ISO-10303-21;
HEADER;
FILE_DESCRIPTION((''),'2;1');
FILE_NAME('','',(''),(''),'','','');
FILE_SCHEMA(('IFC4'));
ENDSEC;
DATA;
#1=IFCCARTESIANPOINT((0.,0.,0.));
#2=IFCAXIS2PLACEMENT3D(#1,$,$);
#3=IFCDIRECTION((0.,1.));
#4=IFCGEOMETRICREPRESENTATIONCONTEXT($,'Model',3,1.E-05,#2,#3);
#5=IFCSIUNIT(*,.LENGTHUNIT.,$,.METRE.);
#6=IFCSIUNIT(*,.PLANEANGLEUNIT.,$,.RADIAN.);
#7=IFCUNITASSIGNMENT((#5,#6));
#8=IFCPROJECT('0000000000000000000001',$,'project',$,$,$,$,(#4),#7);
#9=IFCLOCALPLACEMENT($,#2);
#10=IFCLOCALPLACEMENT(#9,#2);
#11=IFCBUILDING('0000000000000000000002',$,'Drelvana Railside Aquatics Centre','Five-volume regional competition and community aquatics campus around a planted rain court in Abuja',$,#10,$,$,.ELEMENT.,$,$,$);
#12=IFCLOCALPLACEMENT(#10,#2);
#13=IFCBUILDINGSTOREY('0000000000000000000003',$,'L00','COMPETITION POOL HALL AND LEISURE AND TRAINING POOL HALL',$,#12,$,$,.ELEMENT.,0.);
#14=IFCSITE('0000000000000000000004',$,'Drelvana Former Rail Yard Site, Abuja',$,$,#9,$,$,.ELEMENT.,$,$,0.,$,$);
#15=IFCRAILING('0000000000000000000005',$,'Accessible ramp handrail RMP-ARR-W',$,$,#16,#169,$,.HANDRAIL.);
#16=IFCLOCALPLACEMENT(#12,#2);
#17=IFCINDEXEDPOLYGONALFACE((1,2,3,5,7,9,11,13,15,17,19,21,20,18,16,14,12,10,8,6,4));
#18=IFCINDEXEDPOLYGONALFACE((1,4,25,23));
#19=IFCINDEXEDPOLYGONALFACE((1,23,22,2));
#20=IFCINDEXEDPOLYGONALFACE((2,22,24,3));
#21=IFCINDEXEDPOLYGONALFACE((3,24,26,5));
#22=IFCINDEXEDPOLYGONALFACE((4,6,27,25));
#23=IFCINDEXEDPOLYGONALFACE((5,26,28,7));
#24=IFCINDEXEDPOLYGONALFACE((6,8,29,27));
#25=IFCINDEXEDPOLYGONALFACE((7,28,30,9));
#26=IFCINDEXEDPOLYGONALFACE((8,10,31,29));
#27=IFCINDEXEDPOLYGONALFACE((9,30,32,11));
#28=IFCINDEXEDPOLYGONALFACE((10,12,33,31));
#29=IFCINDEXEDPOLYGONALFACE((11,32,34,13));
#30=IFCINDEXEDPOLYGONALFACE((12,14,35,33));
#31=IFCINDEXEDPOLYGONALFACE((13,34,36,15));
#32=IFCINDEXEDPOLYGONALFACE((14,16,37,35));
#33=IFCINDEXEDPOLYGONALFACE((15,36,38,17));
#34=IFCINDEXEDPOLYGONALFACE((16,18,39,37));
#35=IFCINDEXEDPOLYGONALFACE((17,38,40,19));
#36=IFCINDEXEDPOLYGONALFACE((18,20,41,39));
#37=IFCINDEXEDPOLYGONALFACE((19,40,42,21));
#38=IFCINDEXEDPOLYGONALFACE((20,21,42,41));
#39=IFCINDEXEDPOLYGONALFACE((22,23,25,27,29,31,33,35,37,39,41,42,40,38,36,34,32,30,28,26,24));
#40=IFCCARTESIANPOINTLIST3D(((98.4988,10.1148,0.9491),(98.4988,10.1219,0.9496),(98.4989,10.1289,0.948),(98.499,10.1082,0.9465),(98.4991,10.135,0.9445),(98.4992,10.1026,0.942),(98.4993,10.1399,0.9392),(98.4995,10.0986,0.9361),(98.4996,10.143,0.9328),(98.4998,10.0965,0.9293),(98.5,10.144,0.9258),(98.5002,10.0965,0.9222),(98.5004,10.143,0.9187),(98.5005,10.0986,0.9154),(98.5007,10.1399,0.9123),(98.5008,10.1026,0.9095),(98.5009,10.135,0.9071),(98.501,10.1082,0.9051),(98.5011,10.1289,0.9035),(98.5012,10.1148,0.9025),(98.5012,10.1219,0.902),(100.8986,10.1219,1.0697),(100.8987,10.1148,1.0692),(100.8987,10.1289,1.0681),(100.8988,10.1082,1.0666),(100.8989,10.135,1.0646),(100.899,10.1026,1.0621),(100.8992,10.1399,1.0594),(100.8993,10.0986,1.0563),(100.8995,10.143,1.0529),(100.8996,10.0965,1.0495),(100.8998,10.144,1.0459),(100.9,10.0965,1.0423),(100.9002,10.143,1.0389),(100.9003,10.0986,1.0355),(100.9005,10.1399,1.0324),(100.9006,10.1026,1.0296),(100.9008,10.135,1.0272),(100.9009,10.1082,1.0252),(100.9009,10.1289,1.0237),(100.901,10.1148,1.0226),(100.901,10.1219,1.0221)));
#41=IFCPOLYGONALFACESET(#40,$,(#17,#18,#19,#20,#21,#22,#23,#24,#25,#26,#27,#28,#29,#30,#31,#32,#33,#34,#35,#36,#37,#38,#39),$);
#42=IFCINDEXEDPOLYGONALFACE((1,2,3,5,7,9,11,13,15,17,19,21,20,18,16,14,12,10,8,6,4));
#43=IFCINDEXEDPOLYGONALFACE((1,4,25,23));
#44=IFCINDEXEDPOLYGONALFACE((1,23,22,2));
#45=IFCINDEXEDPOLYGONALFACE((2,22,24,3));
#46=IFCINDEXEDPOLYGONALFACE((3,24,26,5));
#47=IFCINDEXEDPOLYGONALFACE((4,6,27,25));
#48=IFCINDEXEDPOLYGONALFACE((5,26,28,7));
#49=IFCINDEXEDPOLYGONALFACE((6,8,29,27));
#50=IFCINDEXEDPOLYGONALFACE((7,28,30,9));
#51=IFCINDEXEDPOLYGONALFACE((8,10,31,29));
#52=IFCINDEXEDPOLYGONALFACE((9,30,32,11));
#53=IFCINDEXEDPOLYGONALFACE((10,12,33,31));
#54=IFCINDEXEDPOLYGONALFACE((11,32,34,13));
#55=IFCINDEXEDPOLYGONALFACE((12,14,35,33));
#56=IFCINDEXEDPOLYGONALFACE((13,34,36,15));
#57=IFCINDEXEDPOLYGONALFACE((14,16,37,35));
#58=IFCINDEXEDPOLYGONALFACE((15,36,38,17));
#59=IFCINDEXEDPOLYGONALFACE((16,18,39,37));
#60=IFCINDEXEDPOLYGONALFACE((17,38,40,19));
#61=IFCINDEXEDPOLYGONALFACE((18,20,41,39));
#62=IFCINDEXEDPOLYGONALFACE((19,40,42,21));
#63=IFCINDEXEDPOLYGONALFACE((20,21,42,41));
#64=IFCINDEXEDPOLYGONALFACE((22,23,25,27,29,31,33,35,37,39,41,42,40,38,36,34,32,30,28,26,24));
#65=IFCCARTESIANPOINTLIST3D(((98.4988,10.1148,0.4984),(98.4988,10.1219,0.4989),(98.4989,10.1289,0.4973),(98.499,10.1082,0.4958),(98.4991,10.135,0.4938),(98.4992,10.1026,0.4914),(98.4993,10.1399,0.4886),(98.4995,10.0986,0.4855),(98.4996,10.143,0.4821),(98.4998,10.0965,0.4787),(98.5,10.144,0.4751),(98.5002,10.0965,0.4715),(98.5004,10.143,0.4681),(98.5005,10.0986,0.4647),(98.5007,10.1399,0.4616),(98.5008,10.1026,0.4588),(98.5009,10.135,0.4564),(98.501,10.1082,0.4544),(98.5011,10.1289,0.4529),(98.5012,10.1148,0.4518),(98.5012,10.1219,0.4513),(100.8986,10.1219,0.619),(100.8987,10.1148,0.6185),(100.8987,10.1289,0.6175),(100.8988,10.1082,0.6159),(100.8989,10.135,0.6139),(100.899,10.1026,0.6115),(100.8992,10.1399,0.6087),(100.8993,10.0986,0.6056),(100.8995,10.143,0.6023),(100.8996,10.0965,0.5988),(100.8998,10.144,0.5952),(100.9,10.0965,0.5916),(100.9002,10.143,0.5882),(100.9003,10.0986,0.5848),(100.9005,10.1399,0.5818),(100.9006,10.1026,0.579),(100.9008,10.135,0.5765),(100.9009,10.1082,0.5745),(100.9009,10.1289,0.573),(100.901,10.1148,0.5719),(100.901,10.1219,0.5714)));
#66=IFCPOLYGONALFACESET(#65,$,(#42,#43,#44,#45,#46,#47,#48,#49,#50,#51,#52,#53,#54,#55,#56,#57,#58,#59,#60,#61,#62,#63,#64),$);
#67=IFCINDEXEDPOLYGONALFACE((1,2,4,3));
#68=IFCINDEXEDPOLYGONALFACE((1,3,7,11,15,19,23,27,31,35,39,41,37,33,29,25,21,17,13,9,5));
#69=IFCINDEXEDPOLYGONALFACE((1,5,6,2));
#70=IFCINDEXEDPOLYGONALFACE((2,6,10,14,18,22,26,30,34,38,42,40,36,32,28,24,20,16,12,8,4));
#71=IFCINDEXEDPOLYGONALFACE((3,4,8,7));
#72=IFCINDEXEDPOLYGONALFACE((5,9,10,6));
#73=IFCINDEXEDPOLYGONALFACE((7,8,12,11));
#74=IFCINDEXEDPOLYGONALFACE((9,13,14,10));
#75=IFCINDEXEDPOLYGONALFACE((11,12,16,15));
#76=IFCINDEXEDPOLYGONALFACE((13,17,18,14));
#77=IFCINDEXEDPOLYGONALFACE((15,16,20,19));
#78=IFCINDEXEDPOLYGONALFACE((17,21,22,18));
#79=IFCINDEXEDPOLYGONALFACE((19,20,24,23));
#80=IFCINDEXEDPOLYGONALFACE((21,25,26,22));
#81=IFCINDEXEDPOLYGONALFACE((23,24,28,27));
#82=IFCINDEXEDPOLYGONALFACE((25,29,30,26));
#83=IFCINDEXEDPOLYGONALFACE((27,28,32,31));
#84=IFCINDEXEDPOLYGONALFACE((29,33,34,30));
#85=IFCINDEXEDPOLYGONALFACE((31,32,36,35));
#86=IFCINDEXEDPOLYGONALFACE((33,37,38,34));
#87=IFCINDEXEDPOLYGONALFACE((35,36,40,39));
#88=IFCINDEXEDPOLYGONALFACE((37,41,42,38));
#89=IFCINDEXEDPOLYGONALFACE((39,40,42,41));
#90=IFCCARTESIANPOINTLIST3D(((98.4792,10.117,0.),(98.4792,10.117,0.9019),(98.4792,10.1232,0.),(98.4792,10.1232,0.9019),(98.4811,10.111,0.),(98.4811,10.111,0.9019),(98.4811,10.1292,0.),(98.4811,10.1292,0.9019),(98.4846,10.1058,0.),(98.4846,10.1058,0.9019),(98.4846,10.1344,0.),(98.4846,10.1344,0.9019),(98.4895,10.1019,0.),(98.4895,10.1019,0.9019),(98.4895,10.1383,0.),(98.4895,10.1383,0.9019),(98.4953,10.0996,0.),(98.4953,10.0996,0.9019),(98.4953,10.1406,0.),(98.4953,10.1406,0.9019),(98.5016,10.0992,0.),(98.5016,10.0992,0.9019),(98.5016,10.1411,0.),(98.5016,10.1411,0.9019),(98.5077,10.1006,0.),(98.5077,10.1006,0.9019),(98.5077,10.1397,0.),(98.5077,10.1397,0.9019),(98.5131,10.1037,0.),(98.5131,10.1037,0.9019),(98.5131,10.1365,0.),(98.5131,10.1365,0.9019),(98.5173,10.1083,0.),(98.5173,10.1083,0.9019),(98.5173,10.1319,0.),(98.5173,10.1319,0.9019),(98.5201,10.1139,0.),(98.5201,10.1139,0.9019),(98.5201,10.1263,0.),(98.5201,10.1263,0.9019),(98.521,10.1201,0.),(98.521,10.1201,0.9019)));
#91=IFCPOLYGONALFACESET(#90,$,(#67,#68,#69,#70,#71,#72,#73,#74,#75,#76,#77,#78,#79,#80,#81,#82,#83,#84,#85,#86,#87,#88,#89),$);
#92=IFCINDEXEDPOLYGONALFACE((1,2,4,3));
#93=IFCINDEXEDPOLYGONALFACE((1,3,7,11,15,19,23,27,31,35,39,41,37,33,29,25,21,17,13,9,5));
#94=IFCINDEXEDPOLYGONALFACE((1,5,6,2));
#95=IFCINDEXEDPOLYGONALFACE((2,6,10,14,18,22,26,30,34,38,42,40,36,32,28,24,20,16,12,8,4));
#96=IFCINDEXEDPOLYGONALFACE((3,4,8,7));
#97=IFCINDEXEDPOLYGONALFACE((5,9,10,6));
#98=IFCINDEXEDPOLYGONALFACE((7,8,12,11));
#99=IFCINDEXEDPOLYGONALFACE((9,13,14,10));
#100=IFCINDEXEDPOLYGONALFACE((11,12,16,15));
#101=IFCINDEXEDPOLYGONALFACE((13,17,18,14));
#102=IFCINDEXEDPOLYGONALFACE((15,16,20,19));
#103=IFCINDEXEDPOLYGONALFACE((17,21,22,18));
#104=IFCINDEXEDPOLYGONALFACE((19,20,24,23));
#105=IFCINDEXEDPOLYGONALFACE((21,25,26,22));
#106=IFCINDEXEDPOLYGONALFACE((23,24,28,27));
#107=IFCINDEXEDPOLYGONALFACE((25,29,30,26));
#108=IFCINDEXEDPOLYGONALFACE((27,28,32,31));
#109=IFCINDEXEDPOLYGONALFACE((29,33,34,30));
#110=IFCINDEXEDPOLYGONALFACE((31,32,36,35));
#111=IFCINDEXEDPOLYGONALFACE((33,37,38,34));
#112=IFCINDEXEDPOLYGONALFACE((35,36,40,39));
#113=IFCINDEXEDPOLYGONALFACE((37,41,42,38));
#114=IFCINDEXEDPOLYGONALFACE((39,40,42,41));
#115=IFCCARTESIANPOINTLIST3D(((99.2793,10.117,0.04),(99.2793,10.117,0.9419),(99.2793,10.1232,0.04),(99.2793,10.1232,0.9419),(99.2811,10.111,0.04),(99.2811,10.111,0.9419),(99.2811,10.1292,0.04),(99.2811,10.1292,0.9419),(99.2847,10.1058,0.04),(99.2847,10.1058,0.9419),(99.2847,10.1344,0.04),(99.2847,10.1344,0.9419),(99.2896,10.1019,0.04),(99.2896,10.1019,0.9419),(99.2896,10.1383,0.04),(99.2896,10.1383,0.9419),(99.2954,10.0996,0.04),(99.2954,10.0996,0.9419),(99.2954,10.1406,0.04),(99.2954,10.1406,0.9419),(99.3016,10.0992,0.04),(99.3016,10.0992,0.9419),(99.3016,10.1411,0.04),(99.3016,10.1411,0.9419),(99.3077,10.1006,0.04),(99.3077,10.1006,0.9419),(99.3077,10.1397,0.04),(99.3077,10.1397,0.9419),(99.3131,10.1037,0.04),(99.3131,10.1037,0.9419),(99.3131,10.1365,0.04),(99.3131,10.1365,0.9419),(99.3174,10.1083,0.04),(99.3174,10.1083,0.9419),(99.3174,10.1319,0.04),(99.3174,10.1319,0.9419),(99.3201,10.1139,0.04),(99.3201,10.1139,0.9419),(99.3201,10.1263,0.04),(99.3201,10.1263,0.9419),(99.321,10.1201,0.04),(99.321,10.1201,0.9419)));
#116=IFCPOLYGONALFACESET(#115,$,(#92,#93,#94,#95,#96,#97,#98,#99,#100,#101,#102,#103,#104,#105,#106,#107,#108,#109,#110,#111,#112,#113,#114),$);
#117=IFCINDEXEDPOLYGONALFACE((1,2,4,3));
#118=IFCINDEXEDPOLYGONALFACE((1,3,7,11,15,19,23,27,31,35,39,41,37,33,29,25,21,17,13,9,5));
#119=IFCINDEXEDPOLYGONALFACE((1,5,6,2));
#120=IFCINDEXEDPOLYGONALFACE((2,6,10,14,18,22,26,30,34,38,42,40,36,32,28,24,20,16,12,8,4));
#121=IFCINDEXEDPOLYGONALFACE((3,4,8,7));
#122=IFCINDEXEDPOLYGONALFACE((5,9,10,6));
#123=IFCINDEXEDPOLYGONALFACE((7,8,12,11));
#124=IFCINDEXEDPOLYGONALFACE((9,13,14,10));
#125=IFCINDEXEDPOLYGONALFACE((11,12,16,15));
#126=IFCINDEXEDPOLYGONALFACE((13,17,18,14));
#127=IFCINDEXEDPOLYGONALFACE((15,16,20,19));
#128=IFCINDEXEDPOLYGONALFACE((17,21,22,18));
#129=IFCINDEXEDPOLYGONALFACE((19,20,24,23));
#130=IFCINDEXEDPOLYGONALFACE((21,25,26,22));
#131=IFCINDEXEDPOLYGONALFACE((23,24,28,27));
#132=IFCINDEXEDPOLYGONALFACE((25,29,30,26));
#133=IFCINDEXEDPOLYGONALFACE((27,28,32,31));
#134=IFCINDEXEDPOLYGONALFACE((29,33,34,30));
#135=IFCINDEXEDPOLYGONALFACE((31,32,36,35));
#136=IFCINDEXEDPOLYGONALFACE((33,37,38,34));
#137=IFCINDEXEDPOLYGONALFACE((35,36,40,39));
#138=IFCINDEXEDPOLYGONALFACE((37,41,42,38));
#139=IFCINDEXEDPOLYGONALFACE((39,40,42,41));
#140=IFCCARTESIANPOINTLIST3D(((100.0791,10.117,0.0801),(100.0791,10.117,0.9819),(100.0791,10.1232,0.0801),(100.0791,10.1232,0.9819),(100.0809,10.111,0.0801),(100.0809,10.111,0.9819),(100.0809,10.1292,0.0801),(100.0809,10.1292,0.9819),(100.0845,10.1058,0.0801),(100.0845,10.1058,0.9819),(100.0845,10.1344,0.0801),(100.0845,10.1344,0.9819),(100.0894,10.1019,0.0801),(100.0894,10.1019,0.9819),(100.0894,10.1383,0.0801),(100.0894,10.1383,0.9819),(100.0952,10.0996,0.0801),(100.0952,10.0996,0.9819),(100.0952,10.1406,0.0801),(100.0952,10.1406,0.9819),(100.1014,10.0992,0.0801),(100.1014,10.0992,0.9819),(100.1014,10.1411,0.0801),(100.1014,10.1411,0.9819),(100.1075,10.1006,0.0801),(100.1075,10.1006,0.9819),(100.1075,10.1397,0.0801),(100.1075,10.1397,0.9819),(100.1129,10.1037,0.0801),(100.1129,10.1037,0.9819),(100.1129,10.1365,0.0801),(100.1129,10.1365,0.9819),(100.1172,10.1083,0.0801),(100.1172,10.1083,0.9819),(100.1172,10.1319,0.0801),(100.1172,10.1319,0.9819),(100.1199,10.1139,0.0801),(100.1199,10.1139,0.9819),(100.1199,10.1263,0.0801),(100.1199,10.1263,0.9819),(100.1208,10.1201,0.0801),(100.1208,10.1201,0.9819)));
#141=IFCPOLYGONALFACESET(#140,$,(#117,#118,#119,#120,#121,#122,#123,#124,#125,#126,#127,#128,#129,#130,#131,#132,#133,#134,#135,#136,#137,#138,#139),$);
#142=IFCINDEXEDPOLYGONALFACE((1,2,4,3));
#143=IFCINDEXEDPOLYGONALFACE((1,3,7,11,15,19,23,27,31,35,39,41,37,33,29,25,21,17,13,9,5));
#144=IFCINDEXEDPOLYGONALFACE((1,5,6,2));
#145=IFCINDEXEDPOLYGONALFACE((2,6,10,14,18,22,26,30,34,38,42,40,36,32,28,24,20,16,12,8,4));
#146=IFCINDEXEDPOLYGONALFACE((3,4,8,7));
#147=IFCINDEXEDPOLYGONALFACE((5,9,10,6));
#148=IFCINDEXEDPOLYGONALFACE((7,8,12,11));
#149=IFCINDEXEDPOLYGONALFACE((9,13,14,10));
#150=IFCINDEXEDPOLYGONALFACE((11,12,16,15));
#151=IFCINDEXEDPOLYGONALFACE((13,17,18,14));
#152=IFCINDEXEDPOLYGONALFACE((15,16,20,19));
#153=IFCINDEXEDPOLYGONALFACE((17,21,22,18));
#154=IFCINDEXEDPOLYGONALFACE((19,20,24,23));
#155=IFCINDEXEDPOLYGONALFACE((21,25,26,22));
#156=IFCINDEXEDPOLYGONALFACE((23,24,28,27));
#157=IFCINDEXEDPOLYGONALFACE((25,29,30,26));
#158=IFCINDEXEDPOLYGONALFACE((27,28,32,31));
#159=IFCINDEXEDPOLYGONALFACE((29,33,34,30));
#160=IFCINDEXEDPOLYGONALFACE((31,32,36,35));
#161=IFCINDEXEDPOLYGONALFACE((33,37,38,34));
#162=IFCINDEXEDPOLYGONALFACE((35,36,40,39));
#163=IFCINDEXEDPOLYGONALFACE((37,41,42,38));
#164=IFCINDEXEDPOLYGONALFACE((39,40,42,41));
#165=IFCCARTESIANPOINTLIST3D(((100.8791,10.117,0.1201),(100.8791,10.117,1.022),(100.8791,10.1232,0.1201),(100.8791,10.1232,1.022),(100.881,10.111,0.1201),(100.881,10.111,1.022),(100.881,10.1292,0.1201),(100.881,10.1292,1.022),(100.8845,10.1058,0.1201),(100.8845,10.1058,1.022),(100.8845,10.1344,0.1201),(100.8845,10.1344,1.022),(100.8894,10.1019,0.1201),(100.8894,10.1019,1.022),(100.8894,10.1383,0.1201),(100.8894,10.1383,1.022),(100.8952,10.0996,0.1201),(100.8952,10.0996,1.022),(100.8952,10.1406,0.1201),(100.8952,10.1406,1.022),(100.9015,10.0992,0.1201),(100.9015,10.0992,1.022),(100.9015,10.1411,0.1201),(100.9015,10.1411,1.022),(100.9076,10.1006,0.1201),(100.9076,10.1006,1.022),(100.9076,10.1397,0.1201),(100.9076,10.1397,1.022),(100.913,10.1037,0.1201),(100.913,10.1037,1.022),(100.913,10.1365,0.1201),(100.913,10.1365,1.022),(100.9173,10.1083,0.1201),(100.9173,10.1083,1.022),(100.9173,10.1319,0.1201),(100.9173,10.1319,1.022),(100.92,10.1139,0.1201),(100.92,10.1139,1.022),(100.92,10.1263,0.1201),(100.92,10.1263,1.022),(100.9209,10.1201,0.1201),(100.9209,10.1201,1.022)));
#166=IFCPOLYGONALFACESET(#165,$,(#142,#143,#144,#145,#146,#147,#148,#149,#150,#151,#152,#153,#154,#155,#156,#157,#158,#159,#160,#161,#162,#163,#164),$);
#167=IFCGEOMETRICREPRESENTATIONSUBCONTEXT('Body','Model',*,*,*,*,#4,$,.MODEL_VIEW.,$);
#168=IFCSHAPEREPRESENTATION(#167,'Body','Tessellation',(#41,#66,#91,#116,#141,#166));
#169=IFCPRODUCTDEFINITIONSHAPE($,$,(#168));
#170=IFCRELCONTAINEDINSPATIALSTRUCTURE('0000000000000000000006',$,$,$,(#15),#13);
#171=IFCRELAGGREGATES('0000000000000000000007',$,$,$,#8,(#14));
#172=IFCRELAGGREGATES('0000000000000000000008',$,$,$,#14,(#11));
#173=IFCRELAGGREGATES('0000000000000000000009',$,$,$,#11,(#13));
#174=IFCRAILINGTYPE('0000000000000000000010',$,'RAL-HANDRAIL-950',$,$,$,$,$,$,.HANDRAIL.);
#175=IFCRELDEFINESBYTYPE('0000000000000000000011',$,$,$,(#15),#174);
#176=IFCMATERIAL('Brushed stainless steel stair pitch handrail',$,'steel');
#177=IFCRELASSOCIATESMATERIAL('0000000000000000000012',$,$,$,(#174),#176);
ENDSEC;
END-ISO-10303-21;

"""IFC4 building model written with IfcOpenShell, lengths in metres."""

from ifc_helpers import new_model, si_unit, direction, frame, origin, origin_2d, place, context, subcontext, project, spatial, circle, extrude, material, type_object, element, save


model = new_model("IFC4")

# Units and contexts
model_context = context("Model", 3, precision=1e-05, world=origin(), true_north=direction((0.0, 1.0)))
body_context = subcontext(model_context, "Body", "Model", "MODEL_VIEW")
ifc_project = project(units=[si_unit("LENGTHUNIT", "METRE"), si_unit("PLANEANGLEUNIT", "RADIAN")], contexts=[model_context])

# Site, building, storey
site_placement = place(None, origin())
site = spatial("IfcSite", under=ifc_project, at=site_placement, Name="Drelvana Former Rail Yard Site, Abuja", CompositionType="ELEMENT", RefElevation=0.0)
building_placement = place(site_placement, origin())
building = spatial("IfcBuilding", under=site, at=building_placement, Name="Drelvana Railside Aquatics Centre", Description="Five-volume regional competition and community aquatics campus around a planted rain court in Abuja", CompositionType="ELEMENT")
storey_placement = place(building_placement, origin())
storey = spatial("IfcBuildingStorey", under=building, at=storey_placement, Name="L00", Description="COMPETITION POOL HALL AND LEISURE AND TRAINING POOL HALL", CompositionType="ELEMENT", Elevation=0.0)

# Railing
ifc_material_1 = material(Name="Brushed stainless steel stair pitch handrail", Category="steel")
railing_type = type_object("IfcRailingType", Name="RAL-HANDRAIL-950", PredefinedType="HANDRAIL", material=ifc_material_1)
for number, where, name in (
    (1, (98.5, 10.1201, 0.0), "Accessible ramp handrail RMP-ARR-W"),
):
    element("IfcRailing", number, at=place(storey_placement, frame(where)), inside=storey, type_object=railing_type, Name=name, PredefinedType="HANDRAIL", context=body_context, shape_type="SweptSolid", body=[
        extrude(circle(Radius=0.0239, at=origin_2d()), frame((0.0, 0.0, 0.9258), z_axis=(0.99875, 0.0, 0.049988), x_axis=(0.0, 1.0, 0.0)), (0.0, 0.0, 1.0), 2.4028),
        extrude(circle(Radius=0.0239, at=origin_2d()), frame((0.0, 0.0, 0.4751), z_axis=(0.99875, 0.0, 0.049988), x_axis=(0.0, 1.0, 0.0)), (0.0, 0.0, 1.0), 2.4028),
        extrude(circle(Radius=0.021, at=origin_2d()), origin(), (0.0, 0.0, 1.0), 0.9019),
        extrude(circle(Radius=0.021, at=origin_2d()), frame((0.8, 0.0, 0.04)), (0.0, 0.0, 1.0), 0.9019),
        extrude(circle(Radius=0.021, at=origin_2d()), frame((1.5999, 0.0, 0.0801)), (0.0, 0.0, 1.0), 0.9019),
        extrude(circle(Radius=0.021, at=origin_2d()), frame((2.3999, 0.0, 0.1201)), (0.0, 0.0, 1.0), 0.9019),
    ])

save(model, "model.ifc")
